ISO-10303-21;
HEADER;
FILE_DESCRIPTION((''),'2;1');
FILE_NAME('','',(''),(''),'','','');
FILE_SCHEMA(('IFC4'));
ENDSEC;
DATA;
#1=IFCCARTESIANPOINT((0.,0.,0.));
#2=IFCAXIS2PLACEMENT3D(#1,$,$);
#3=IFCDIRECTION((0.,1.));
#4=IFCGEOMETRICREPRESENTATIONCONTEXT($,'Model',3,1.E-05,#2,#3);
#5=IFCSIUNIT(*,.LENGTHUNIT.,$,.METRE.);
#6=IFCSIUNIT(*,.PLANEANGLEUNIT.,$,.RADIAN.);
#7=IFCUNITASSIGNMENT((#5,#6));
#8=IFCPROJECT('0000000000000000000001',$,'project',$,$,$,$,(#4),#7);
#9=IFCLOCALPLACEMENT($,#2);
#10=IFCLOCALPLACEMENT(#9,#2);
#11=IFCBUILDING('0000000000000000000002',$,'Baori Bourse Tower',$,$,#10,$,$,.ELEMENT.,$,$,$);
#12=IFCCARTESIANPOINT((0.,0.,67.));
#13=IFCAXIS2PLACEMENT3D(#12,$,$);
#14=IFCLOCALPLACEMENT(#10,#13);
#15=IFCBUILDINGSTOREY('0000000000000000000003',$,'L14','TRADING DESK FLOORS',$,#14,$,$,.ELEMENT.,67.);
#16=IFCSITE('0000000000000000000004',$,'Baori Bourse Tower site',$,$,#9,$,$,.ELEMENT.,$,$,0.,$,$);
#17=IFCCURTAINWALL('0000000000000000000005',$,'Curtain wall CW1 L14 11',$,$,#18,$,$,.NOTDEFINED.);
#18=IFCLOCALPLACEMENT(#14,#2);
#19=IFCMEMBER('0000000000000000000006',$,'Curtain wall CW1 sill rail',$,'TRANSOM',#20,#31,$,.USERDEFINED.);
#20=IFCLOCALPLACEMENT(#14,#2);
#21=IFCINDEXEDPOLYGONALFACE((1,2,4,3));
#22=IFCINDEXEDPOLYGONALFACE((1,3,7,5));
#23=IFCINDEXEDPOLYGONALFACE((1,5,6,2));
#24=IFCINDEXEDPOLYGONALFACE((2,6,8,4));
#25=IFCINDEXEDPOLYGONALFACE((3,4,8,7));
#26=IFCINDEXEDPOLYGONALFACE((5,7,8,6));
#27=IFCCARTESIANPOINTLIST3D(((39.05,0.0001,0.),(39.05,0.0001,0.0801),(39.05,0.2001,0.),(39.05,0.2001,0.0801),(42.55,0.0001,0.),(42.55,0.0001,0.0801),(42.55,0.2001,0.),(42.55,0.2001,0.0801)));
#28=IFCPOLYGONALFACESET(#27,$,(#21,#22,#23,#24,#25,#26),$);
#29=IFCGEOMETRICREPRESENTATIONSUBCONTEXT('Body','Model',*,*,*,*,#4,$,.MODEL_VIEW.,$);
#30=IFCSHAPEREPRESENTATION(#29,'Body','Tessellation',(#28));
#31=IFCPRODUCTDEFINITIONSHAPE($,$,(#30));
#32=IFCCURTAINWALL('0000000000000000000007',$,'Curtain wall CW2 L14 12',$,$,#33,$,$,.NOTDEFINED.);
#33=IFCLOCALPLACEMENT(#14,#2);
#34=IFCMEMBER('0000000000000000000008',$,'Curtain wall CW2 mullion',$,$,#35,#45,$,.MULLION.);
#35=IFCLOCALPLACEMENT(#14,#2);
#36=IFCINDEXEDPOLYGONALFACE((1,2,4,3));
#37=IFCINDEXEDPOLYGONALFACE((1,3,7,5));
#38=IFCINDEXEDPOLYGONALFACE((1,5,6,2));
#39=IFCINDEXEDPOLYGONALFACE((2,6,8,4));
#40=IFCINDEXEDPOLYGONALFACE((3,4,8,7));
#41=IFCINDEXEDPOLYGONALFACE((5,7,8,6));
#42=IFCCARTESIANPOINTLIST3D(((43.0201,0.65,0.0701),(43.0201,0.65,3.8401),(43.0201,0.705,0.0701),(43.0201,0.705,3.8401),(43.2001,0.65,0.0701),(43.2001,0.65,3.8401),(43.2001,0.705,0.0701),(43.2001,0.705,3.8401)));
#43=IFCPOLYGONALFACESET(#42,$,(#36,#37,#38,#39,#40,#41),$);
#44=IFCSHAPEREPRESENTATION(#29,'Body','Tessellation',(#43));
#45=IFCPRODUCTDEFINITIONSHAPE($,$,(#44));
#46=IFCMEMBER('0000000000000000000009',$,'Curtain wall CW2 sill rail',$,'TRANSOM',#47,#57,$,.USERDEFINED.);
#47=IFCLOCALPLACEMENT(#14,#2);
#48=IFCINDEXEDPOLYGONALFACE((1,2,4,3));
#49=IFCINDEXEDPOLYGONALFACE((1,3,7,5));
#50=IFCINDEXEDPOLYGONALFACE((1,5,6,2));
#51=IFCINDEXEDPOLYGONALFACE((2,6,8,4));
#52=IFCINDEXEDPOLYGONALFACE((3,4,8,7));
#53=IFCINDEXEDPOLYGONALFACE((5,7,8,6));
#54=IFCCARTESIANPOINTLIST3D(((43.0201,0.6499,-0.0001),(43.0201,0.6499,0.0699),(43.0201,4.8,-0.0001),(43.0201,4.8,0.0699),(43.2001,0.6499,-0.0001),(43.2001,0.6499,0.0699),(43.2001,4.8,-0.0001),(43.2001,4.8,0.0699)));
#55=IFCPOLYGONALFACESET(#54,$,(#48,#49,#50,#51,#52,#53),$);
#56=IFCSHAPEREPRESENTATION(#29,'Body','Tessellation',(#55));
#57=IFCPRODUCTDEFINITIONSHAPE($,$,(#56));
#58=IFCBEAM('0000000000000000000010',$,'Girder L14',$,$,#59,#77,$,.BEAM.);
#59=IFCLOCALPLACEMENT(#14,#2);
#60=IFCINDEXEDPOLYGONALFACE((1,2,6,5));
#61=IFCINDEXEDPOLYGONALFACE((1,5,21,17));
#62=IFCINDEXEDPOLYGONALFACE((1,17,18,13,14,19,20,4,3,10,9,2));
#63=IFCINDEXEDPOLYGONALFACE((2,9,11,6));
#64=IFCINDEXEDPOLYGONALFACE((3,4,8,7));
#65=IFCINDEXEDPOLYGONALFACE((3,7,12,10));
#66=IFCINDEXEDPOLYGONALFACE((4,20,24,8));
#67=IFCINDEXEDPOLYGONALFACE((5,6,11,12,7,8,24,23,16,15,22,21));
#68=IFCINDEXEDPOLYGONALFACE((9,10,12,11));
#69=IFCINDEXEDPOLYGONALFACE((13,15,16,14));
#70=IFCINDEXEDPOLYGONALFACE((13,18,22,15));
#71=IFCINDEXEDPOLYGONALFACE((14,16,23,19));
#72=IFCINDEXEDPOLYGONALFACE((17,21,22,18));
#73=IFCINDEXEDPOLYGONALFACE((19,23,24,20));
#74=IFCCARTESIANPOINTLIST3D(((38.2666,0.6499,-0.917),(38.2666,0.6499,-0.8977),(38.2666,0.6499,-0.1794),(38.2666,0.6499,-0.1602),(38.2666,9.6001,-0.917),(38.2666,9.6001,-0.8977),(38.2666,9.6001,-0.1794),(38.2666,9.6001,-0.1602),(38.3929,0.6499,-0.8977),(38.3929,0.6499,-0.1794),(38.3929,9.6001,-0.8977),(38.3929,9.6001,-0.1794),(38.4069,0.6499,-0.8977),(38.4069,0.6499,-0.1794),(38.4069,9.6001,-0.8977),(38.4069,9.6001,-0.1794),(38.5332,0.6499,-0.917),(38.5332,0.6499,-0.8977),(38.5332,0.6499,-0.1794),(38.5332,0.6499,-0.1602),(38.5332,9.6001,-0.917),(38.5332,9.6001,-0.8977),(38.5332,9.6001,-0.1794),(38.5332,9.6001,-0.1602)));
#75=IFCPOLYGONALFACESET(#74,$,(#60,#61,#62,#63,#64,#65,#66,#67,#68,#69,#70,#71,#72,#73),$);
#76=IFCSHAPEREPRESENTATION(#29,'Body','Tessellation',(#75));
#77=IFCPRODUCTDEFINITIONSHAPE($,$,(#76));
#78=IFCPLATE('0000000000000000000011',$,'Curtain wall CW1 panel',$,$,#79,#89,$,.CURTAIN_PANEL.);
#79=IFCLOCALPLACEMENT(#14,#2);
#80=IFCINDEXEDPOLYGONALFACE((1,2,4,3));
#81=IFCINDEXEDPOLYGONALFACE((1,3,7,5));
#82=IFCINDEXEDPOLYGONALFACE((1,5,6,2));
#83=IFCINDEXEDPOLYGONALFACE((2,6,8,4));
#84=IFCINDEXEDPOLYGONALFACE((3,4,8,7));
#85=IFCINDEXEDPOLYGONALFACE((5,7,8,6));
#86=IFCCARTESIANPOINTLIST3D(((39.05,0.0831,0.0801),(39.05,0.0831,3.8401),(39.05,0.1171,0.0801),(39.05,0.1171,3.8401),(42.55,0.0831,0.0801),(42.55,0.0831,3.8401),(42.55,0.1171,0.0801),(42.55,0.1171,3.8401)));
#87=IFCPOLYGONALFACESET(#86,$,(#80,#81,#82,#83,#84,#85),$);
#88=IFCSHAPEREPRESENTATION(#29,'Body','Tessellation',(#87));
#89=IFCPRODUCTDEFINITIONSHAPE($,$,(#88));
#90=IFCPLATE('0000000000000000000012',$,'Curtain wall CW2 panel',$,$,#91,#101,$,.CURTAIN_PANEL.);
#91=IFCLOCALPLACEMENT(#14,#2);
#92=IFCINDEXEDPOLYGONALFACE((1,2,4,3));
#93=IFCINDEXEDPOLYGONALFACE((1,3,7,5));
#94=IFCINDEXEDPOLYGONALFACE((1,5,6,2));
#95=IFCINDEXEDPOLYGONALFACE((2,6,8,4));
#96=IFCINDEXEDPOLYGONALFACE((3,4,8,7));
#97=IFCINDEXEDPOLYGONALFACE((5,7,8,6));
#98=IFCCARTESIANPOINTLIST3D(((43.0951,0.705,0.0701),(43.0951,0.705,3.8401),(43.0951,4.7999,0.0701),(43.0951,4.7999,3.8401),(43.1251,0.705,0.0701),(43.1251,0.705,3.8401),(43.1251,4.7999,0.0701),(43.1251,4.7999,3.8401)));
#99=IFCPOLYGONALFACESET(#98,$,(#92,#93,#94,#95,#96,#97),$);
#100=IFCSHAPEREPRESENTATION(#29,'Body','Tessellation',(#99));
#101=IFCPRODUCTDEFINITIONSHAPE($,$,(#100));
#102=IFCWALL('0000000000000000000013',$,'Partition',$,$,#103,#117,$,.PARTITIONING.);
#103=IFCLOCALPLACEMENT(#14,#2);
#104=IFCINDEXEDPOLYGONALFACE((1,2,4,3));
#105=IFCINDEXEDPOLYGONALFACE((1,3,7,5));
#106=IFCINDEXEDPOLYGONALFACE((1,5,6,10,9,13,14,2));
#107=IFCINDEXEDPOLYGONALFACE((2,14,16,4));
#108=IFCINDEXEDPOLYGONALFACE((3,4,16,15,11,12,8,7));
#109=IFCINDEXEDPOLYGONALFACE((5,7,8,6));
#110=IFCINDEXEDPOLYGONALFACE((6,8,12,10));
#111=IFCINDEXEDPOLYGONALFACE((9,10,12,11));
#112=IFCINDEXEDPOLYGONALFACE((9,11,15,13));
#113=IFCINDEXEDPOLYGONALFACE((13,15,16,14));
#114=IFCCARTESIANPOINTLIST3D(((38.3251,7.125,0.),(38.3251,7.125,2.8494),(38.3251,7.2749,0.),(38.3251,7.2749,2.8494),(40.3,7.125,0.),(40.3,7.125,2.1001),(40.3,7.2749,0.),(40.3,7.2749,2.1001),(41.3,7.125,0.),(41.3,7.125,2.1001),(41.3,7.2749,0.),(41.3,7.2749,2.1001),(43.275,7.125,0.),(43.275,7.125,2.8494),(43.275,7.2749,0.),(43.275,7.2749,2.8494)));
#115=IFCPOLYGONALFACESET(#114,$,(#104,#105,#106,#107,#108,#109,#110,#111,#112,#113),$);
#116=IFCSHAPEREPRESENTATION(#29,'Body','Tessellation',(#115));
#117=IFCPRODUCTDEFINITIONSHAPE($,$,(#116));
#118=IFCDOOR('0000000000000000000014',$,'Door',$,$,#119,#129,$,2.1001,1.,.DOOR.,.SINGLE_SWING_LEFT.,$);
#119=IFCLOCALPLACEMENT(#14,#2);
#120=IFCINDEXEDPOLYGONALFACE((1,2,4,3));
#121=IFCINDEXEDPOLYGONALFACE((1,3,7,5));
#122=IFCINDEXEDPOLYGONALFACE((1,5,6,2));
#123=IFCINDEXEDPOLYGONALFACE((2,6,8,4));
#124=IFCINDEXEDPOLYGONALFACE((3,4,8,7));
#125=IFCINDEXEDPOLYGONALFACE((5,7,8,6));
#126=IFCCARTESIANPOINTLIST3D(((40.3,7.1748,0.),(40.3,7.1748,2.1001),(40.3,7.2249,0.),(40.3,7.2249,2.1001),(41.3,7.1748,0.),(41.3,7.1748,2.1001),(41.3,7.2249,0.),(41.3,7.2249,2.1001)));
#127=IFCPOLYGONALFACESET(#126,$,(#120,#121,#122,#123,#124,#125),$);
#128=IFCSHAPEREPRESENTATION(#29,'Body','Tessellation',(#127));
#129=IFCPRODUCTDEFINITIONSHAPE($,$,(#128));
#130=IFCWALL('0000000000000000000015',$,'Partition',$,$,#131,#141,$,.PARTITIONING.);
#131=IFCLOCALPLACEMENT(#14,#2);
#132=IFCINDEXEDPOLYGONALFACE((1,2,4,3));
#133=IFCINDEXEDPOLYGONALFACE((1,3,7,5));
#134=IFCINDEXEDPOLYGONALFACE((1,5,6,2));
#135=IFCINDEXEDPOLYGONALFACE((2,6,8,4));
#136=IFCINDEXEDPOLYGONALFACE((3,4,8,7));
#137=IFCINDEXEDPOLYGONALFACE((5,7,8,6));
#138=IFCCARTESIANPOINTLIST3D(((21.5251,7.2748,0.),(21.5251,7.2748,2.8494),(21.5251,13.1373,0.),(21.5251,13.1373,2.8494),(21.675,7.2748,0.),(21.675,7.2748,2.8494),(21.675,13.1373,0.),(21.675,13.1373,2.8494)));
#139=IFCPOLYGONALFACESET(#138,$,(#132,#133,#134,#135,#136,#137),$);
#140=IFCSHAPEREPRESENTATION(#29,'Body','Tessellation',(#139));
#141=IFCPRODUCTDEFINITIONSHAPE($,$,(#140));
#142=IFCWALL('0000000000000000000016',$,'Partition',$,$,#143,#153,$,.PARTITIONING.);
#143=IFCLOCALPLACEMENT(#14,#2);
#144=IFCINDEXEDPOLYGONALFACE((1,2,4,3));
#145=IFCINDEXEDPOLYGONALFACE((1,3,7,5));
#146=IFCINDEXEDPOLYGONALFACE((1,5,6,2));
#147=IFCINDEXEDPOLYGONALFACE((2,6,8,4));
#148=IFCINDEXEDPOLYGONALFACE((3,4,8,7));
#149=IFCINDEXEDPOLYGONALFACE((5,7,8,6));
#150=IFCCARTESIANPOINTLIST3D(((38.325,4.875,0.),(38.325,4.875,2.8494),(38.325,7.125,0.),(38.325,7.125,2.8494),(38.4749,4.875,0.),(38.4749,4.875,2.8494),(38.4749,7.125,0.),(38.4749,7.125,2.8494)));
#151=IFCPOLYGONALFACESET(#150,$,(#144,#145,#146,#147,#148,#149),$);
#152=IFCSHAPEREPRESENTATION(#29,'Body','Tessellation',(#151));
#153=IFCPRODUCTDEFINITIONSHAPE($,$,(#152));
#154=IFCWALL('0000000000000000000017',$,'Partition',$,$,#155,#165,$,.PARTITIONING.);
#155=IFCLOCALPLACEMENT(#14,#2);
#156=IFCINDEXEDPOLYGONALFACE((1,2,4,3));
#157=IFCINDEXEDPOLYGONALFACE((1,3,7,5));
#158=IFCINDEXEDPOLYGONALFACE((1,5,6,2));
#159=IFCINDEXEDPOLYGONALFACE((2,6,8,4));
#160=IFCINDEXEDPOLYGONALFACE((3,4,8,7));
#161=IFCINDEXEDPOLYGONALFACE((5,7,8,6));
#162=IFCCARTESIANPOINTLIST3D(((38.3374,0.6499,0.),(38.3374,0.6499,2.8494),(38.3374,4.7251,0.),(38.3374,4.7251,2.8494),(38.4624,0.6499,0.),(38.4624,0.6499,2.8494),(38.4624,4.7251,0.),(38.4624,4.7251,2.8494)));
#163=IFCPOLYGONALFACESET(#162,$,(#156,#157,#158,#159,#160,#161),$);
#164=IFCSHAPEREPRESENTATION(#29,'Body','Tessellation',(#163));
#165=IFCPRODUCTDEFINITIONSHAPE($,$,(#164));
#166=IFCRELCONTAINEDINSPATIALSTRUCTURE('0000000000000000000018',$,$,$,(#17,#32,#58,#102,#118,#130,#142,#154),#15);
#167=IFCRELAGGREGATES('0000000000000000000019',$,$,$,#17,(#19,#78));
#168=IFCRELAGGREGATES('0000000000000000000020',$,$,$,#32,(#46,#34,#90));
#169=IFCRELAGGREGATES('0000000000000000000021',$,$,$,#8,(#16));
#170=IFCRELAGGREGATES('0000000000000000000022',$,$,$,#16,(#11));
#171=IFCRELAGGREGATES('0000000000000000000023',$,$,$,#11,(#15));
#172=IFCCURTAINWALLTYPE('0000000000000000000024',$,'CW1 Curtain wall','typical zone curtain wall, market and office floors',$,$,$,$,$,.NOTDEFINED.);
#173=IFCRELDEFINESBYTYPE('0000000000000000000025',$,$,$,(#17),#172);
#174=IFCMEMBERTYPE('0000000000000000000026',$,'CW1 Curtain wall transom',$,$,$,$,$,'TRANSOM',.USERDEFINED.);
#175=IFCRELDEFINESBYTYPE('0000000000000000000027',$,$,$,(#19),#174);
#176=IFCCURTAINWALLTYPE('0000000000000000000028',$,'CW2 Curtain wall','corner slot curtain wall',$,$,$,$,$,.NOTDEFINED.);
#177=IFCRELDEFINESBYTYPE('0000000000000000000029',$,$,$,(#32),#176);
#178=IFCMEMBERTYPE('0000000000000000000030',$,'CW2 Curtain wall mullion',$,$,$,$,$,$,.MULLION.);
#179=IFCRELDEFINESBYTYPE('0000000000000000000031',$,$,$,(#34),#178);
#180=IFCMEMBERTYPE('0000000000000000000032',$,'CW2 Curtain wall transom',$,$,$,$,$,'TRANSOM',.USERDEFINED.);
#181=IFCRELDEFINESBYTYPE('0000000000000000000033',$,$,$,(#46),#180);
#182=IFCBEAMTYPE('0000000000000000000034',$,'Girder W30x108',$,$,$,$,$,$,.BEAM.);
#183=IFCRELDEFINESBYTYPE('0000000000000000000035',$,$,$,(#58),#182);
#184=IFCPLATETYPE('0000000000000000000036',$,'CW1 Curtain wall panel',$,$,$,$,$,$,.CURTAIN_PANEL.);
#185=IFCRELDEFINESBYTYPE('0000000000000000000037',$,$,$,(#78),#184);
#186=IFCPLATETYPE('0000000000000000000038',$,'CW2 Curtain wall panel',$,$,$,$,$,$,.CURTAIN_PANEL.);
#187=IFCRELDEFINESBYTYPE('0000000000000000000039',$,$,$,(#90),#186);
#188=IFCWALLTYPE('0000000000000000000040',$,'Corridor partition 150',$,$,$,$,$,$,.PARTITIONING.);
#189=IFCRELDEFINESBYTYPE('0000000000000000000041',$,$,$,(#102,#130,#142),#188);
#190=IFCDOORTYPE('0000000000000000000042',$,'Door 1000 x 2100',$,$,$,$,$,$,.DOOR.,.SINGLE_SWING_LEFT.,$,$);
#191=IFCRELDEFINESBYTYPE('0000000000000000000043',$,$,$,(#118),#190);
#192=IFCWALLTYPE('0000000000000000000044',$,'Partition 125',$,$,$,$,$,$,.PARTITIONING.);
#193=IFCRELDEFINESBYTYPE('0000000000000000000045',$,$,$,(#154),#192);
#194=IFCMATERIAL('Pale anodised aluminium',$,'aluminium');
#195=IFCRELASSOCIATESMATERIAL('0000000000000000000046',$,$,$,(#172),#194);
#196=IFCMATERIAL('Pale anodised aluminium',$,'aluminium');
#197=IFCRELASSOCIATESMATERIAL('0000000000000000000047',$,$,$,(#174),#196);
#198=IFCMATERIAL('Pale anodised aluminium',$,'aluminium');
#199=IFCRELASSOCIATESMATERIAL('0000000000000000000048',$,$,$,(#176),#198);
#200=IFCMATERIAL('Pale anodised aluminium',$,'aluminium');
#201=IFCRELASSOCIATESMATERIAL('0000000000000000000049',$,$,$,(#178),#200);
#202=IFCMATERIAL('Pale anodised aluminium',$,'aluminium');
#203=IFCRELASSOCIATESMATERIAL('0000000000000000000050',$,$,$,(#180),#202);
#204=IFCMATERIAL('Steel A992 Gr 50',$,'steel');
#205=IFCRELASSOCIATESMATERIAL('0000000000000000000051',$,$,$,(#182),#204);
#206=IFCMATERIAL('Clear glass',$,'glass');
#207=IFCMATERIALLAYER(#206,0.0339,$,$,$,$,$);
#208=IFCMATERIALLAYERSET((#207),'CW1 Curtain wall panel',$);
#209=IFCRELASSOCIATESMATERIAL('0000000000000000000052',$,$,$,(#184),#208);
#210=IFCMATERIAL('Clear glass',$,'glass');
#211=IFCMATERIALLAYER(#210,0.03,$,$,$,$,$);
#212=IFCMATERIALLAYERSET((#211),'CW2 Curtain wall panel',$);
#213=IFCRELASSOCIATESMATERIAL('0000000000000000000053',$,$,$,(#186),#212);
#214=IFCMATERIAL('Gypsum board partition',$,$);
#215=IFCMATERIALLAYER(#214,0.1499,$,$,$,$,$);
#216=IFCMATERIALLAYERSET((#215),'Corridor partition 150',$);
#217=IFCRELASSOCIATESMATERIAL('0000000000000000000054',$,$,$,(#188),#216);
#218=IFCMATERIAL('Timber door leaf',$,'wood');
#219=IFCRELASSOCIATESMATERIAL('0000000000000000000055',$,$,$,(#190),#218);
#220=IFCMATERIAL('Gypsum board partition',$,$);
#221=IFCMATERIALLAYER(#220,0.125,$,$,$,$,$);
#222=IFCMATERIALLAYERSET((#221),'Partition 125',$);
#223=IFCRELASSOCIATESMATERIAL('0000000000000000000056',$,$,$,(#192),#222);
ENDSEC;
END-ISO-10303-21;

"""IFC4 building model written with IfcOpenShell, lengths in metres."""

from ifc_helpers import new_model, si_unit, direction, frame, frame_2d, origin, origin_2d, place, context, subcontext, project, spatial, rectangle, i_section, extrude, material, layer, layer_set, material_profile, profile_set, type_object, element, fill, aggregate, save


model = new_model("IFC4")

# Units and contexts
model_context = context("Model", 3, precision=1e-05, world=origin(), true_north=direction((0.0, 1.0)))
body_context = subcontext(model_context, "Body", "Model", "MODEL_VIEW")
ifc_project = project(units=[si_unit("LENGTHUNIT", "METRE"), si_unit("PLANEANGLEUNIT", "RADIAN")], contexts=[model_context])

# Site, building, storey
site_placement = place(None, origin())
site = spatial("IfcSite", under=ifc_project, at=site_placement, Name="Baori Bourse Tower site", CompositionType="ELEMENT", RefElevation=0.0)
building_placement = place(site_placement, origin())
building = spatial("IfcBuilding", under=site, at=building_placement, Name="Baori Bourse Tower", CompositionType="ELEMENT")
storey_placement = place(building_placement, frame((0.0, 0.0, 67.0)))
storey = spatial("IfcBuildingStorey", under=building, at=storey_placement, Name="L14", Description="TRADING DESK FLOORS", CompositionType="ELEMENT", Elevation=67.0)

# Curtain wall, member
ifc_material_1 = material(Name="Pale anodised aluminium", Category="aluminium")
curtain_wall_type_1 = type_object("IfcCurtainWallType", Name="CW1 Curtain wall", Description="typical zone curtain wall, market and office floors", PredefinedType="NOTDEFINED", material=ifc_material_1)
curtain_wall_1_placement = place(storey_placement, origin())
curtain_wall_1 = element("IfcCurtainWall", 1, at=curtain_wall_1_placement, inside=storey, type_object=curtain_wall_type_1, Name="Curtain wall CW1 L14 11", PredefinedType="NOTDEFINED")
ifc_material_2 = material(Name="Pale anodised aluminium", Category="aluminium")
ifc_material_profile_1 = material_profile(ifc_material_2, rectangle(XDim=0.2, YDim=0.0801, at=origin_2d()), Name="Transom 80x200")
ifc_profile_set_1 = profile_set([ifc_material_profile_1], Name="Pale anodised aluminium")
member_type_1 = type_object("IfcMemberType", Name="CW1 Curtain wall transom", ElementType="TRANSOM", PredefinedType="USERDEFINED", material=ifc_profile_set_1)
member_1_placement = place(storey_placement, frame((39.05, 0.1001, 0.04), z_axis=(1.0, 0.0, 0.0), x_axis=(0.0, 1.0, 0.0)))
member_1 = element("IfcMember", 2, at=member_1_placement, type_object=member_type_1, Name="Curtain wall CW1 sill rail", ObjectType="TRANSOM", PredefinedType="USERDEFINED", context=body_context, shape_type="SweptSolid", body=[
    extrude(rectangle(XDim=0.2, YDim=0.0801, at=origin_2d()), origin(), (0.0, 0.0, 1.0), 3.5),
])

# Curtain wall, members
ifc_material_3 = material(Name="Pale anodised aluminium", Category="aluminium")
curtain_wall_type_2 = type_object("IfcCurtainWallType", Name="CW2 Curtain wall", Description="corner slot curtain wall", PredefinedType="NOTDEFINED", material=ifc_material_3)
curtain_wall_2_placement = place(storey_placement, origin())
curtain_wall_2 = element("IfcCurtainWall", 3, at=curtain_wall_2_placement, inside=storey, type_object=curtain_wall_type_2, Name="Curtain wall CW2 L14 12", PredefinedType="NOTDEFINED")
ifc_material_4 = material(Name="Pale anodised aluminium", Category="aluminium")
ifc_material_profile_2 = material_profile(ifc_material_4, rectangle(XDim=0.1799, YDim=0.0549, at=origin_2d()), Name="Mullion 55x180")
ifc_profile_set_2 = profile_set([ifc_material_profile_2], Name="Pale anodised aluminium")
member_type_2 = type_object("IfcMemberType", Name="CW2 Curtain wall mullion", PredefinedType="MULLION", material=ifc_profile_set_2)
member_2_placement = place(storey_placement, frame((43.1101, 0.6775, 0.0701), z_axis=(0.0, 0.0, 1.0), x_axis=(-1.0, 0.0, 0.0)))
member_2 = element("IfcMember", 4, at=member_2_placement, type_object=member_type_2, Name="Curtain wall CW2 mullion", PredefinedType="MULLION", context=body_context, shape_type="SweptSolid", body=[
    extrude(rectangle(XDim=0.1799, YDim=0.0549, at=origin_2d()), origin(), (0.0, 0.0, 1.0), 3.77),
])
ifc_material_5 = material(Name="Pale anodised aluminium", Category="aluminium")
ifc_material_profile_3 = material_profile(ifc_material_5, rectangle(XDim=0.1799, YDim=0.0701, at=origin_2d()), Name="Transom 70x180")
ifc_profile_set_3 = profile_set([ifc_material_profile_3], Name="Pale anodised aluminium")
member_type_3 = type_object("IfcMemberType", Name="CW2 Curtain wall transom", ElementType="TRANSOM", PredefinedType="USERDEFINED", material=ifc_profile_set_3)
member_3_placement = place(storey_placement, frame((43.1101, 0.6499, 0.0349), z_axis=(0.0, 1.0, 0.0), x_axis=(-1.0, 0.0, 0.0)))
member_3 = element("IfcMember", 5, at=member_3_placement, type_object=member_type_3, Name="Curtain wall CW2 sill rail", ObjectType="TRANSOM", PredefinedType="USERDEFINED", context=body_context, shape_type="SweptSolid", body=[
    extrude(rectangle(XDim=0.1799, YDim=0.0701, at=origin_2d()), origin(), (0.0, 0.0, 1.0), 4.1501),
])

# Beam
ifc_material_6 = material(Name="Steel A992 Gr 50", Category="steel")
ifc_material_profile_4 = material_profile(ifc_material_6, i_section(OverallWidth=0.2666, OverallDepth=0.7568, WebThickness=0.0139, FlangeThickness=0.0193, at=origin_2d()), Name="W30x108")
ifc_profile_set_4 = profile_set([ifc_material_profile_4], Name="Steel A992 Gr 50")
beam_type = type_object("IfcBeamType", Name="Girder W30x108", PredefinedType="BEAM", material=ifc_profile_set_4)
beam_placement = place(storey_placement, frame((38.3999, 0.6499, -0.5386), z_axis=(0.0, 1.0, 0.0), x_axis=(-1.0, 0.0, 0.0)))
element("IfcBeam", 6, at=beam_placement, inside=storey, type_object=beam_type, Name="Girder L14", PredefinedType="BEAM", context=body_context, shape_type="SweptSolid", body=[
    extrude(i_section(OverallWidth=0.2666, OverallDepth=0.7568, WebThickness=0.0139, FlangeThickness=0.0193, at=origin_2d()), origin(), (0.0, 0.0, 1.0), 8.9502),
])

# Plates
ifc_material_7 = material(Name="Clear glass", Category="glass")
ifc_layer_1 = layer(ifc_material_7, 0.0339)
ifc_layer_set_1 = layer_set([ifc_layer_1], Name="CW1 Curtain wall panel")
plate_type_1 = type_object("IfcPlateType", Name="CW1 Curtain wall panel", PredefinedType="CURTAIN_PANEL", material=ifc_layer_set_1)
plate_1_placement = place(storey_placement, frame((40.8, 0.1001, 0.0801), z_axis=(0.0, 0.0, 1.0), x_axis=(1.0, 0.0, 0.0)))
plate_1 = element("IfcPlate", 7, at=plate_1_placement, type_object=plate_type_1, Name="Curtain wall CW1 panel", PredefinedType="CURTAIN_PANEL", context=body_context, shape_type="SweptSolid", body=[
    extrude(rectangle(XDim=3.5, YDim=0.0339, at=origin_2d()), origin(), (0.0, 0.0, 1.0), 3.76),
])
aggregate(curtain_wall_1, [member_1, plate_1])
ifc_material_8 = material(Name="Clear glass", Category="glass")
ifc_layer_2 = layer(ifc_material_8, 0.03)
ifc_layer_set_2 = layer_set([ifc_layer_2], Name="CW2 Curtain wall panel")
plate_type_2 = type_object("IfcPlateType", Name="CW2 Curtain wall panel", PredefinedType="CURTAIN_PANEL", material=ifc_layer_set_2)
plate_2_placement = place(storey_placement, frame((43.1101, 2.7524, 0.0701), z_axis=(0.0, 0.0, 1.0), x_axis=(0.0, 1.0, 0.0)))
plate_2 = element("IfcPlate", 8, at=plate_2_placement, type_object=plate_type_2, Name="Curtain wall CW2 panel", PredefinedType="CURTAIN_PANEL", context=body_context, shape_type="SweptSolid", body=[
    extrude(rectangle(XDim=4.095, YDim=0.03, at=origin_2d()), origin(), (0.0, 0.0, 1.0), 3.77),
])
aggregate(curtain_wall_2, [member_3, member_2, plate_2])

# Wall, opening, door
ifc_material_9 = material(Name="Gypsum board partition")
ifc_layer_3 = layer(ifc_material_9, 0.1499)
ifc_layer_set_3 = layer_set([ifc_layer_3], Name="Corridor partition 150")
wall_type_1 = type_object("IfcWallType", Name="Corridor partition 150", PredefinedType="PARTITIONING", material=ifc_layer_set_3)
wall_1_placement = place(storey_placement, frame((38.325, 7.2, 0.0), z_axis=(0.0, 0.0, 1.0), x_axis=(1.0, 0.0, 0.0)))
wall_1 = element("IfcWall", 9, at=wall_1_placement, inside=storey, type_object=wall_type_1, Name="Partition", PredefinedType="PARTITIONING", context=body_context, shape_type="SweptSolid", body=[
    extrude(rectangle(XDim=4.95, YDim=0.1499, at=frame_2d((2.4751, 0.0))), origin(), (0.0, 0.0, 1.0), 2.8494),
])
opening_placement = place(wall_1_placement, frame((1.9751, 0.0, 0.0)))
opening = element("IfcOpeningElement", 10, at=opening_placement, cuts=wall_1, PredefinedType="OPENING", context=body_context, shape_type="SweptSolid", body=[
    extrude(rectangle(XDim=1.0, YDim=2.1001, at=frame_2d((0.5, 1.05))), frame((0.0, 0.085, 0.0), z_axis=(0.0, -1.0, 0.0), x_axis=(1.0, 0.0, 0.0)), (0.0, 0.0, 1.0), 0.1699),
])
ifc_material_10 = material(Name="Timber door leaf", Category="wood")
door_type = type_object("IfcDoorType", Name="Door 1000 x 2100", OperationType="SINGLE_SWING_LEFT", PredefinedType="DOOR", material=ifc_material_10)
door_placement = place(opening_placement, origin())
door = element("IfcDoor", 11, at=door_placement, inside=storey, type_object=door_type, Name="Door", OperationType="SINGLE_SWING_LEFT", OverallHeight=2.1001, OverallWidth=1.0, PredefinedType="DOOR", context=body_context, shape_type="SweptSolid", body=[
    extrude(rectangle(XDim=1.0, YDim=2.1001, at=frame_2d((0.5, 1.05))), frame((0.0, 0.0249, 0.0), z_axis=(0.0, -1.0, 0.0), x_axis=(1.0, 0.0, 0.0)), (0.0, 0.0, 1.0), 0.05),
])
fill(opening, door)

# Walls
wall_2_placement = place(storey_placement, frame((21.6001, 7.2749, 0.0), z_axis=(0.0, 0.0, 1.0), x_axis=(0.0, 1.0, 0.0)))
element("IfcWall", 12, at=wall_2_placement, inside=storey, type_object=wall_type_1, Name="Partition", PredefinedType="PARTITIONING", context=body_context, shape_type="SweptSolid", body=[
    extrude(rectangle(XDim=5.8625, YDim=0.1499, at=frame_2d((2.9312, 0.0))), origin(), (0.0, 0.0, 1.0), 2.8494),
])
wall_3_placement = place(storey_placement, frame((38.3999, 4.875, 0.0), z_axis=(0.0, 0.0, 1.0), x_axis=(0.0, 1.0, 0.0)))
element("IfcWall", 13, at=wall_3_placement, inside=storey, type_object=wall_type_1, Name="Partition", PredefinedType="PARTITIONING", context=body_context, shape_type="SweptSolid", body=[
    extrude(rectangle(XDim=2.25, YDim=0.1499, at=frame_2d((1.125, 0.0))), origin(), (0.0, 0.0, 1.0), 2.8494),
])
ifc_material_11 = material(Name="Gypsum board partition")
ifc_layer_4 = layer(ifc_material_11, 0.125)
ifc_layer_set_4 = layer_set([ifc_layer_4], Name="Partition 125")
wall_type_2 = type_object("IfcWallType", Name="Partition 125", PredefinedType="PARTITIONING", material=ifc_layer_set_4)
wall_4_placement = place(storey_placement, frame((38.3999, 0.6499, 0.0), z_axis=(0.0, 0.0, 1.0), x_axis=(0.0, 1.0, 0.0)))
element("IfcWall", 14, at=wall_4_placement, inside=storey, type_object=wall_type_2, Name="Partition", PredefinedType="PARTITIONING", context=body_context, shape_type="SweptSolid", body=[
    extrude(rectangle(XDim=4.0752, YDim=0.125, at=frame_2d((2.0376, 0.0))), origin(), (0.0, 0.0, 1.0), 2.8494),
])

save(model, "model.ifc")
